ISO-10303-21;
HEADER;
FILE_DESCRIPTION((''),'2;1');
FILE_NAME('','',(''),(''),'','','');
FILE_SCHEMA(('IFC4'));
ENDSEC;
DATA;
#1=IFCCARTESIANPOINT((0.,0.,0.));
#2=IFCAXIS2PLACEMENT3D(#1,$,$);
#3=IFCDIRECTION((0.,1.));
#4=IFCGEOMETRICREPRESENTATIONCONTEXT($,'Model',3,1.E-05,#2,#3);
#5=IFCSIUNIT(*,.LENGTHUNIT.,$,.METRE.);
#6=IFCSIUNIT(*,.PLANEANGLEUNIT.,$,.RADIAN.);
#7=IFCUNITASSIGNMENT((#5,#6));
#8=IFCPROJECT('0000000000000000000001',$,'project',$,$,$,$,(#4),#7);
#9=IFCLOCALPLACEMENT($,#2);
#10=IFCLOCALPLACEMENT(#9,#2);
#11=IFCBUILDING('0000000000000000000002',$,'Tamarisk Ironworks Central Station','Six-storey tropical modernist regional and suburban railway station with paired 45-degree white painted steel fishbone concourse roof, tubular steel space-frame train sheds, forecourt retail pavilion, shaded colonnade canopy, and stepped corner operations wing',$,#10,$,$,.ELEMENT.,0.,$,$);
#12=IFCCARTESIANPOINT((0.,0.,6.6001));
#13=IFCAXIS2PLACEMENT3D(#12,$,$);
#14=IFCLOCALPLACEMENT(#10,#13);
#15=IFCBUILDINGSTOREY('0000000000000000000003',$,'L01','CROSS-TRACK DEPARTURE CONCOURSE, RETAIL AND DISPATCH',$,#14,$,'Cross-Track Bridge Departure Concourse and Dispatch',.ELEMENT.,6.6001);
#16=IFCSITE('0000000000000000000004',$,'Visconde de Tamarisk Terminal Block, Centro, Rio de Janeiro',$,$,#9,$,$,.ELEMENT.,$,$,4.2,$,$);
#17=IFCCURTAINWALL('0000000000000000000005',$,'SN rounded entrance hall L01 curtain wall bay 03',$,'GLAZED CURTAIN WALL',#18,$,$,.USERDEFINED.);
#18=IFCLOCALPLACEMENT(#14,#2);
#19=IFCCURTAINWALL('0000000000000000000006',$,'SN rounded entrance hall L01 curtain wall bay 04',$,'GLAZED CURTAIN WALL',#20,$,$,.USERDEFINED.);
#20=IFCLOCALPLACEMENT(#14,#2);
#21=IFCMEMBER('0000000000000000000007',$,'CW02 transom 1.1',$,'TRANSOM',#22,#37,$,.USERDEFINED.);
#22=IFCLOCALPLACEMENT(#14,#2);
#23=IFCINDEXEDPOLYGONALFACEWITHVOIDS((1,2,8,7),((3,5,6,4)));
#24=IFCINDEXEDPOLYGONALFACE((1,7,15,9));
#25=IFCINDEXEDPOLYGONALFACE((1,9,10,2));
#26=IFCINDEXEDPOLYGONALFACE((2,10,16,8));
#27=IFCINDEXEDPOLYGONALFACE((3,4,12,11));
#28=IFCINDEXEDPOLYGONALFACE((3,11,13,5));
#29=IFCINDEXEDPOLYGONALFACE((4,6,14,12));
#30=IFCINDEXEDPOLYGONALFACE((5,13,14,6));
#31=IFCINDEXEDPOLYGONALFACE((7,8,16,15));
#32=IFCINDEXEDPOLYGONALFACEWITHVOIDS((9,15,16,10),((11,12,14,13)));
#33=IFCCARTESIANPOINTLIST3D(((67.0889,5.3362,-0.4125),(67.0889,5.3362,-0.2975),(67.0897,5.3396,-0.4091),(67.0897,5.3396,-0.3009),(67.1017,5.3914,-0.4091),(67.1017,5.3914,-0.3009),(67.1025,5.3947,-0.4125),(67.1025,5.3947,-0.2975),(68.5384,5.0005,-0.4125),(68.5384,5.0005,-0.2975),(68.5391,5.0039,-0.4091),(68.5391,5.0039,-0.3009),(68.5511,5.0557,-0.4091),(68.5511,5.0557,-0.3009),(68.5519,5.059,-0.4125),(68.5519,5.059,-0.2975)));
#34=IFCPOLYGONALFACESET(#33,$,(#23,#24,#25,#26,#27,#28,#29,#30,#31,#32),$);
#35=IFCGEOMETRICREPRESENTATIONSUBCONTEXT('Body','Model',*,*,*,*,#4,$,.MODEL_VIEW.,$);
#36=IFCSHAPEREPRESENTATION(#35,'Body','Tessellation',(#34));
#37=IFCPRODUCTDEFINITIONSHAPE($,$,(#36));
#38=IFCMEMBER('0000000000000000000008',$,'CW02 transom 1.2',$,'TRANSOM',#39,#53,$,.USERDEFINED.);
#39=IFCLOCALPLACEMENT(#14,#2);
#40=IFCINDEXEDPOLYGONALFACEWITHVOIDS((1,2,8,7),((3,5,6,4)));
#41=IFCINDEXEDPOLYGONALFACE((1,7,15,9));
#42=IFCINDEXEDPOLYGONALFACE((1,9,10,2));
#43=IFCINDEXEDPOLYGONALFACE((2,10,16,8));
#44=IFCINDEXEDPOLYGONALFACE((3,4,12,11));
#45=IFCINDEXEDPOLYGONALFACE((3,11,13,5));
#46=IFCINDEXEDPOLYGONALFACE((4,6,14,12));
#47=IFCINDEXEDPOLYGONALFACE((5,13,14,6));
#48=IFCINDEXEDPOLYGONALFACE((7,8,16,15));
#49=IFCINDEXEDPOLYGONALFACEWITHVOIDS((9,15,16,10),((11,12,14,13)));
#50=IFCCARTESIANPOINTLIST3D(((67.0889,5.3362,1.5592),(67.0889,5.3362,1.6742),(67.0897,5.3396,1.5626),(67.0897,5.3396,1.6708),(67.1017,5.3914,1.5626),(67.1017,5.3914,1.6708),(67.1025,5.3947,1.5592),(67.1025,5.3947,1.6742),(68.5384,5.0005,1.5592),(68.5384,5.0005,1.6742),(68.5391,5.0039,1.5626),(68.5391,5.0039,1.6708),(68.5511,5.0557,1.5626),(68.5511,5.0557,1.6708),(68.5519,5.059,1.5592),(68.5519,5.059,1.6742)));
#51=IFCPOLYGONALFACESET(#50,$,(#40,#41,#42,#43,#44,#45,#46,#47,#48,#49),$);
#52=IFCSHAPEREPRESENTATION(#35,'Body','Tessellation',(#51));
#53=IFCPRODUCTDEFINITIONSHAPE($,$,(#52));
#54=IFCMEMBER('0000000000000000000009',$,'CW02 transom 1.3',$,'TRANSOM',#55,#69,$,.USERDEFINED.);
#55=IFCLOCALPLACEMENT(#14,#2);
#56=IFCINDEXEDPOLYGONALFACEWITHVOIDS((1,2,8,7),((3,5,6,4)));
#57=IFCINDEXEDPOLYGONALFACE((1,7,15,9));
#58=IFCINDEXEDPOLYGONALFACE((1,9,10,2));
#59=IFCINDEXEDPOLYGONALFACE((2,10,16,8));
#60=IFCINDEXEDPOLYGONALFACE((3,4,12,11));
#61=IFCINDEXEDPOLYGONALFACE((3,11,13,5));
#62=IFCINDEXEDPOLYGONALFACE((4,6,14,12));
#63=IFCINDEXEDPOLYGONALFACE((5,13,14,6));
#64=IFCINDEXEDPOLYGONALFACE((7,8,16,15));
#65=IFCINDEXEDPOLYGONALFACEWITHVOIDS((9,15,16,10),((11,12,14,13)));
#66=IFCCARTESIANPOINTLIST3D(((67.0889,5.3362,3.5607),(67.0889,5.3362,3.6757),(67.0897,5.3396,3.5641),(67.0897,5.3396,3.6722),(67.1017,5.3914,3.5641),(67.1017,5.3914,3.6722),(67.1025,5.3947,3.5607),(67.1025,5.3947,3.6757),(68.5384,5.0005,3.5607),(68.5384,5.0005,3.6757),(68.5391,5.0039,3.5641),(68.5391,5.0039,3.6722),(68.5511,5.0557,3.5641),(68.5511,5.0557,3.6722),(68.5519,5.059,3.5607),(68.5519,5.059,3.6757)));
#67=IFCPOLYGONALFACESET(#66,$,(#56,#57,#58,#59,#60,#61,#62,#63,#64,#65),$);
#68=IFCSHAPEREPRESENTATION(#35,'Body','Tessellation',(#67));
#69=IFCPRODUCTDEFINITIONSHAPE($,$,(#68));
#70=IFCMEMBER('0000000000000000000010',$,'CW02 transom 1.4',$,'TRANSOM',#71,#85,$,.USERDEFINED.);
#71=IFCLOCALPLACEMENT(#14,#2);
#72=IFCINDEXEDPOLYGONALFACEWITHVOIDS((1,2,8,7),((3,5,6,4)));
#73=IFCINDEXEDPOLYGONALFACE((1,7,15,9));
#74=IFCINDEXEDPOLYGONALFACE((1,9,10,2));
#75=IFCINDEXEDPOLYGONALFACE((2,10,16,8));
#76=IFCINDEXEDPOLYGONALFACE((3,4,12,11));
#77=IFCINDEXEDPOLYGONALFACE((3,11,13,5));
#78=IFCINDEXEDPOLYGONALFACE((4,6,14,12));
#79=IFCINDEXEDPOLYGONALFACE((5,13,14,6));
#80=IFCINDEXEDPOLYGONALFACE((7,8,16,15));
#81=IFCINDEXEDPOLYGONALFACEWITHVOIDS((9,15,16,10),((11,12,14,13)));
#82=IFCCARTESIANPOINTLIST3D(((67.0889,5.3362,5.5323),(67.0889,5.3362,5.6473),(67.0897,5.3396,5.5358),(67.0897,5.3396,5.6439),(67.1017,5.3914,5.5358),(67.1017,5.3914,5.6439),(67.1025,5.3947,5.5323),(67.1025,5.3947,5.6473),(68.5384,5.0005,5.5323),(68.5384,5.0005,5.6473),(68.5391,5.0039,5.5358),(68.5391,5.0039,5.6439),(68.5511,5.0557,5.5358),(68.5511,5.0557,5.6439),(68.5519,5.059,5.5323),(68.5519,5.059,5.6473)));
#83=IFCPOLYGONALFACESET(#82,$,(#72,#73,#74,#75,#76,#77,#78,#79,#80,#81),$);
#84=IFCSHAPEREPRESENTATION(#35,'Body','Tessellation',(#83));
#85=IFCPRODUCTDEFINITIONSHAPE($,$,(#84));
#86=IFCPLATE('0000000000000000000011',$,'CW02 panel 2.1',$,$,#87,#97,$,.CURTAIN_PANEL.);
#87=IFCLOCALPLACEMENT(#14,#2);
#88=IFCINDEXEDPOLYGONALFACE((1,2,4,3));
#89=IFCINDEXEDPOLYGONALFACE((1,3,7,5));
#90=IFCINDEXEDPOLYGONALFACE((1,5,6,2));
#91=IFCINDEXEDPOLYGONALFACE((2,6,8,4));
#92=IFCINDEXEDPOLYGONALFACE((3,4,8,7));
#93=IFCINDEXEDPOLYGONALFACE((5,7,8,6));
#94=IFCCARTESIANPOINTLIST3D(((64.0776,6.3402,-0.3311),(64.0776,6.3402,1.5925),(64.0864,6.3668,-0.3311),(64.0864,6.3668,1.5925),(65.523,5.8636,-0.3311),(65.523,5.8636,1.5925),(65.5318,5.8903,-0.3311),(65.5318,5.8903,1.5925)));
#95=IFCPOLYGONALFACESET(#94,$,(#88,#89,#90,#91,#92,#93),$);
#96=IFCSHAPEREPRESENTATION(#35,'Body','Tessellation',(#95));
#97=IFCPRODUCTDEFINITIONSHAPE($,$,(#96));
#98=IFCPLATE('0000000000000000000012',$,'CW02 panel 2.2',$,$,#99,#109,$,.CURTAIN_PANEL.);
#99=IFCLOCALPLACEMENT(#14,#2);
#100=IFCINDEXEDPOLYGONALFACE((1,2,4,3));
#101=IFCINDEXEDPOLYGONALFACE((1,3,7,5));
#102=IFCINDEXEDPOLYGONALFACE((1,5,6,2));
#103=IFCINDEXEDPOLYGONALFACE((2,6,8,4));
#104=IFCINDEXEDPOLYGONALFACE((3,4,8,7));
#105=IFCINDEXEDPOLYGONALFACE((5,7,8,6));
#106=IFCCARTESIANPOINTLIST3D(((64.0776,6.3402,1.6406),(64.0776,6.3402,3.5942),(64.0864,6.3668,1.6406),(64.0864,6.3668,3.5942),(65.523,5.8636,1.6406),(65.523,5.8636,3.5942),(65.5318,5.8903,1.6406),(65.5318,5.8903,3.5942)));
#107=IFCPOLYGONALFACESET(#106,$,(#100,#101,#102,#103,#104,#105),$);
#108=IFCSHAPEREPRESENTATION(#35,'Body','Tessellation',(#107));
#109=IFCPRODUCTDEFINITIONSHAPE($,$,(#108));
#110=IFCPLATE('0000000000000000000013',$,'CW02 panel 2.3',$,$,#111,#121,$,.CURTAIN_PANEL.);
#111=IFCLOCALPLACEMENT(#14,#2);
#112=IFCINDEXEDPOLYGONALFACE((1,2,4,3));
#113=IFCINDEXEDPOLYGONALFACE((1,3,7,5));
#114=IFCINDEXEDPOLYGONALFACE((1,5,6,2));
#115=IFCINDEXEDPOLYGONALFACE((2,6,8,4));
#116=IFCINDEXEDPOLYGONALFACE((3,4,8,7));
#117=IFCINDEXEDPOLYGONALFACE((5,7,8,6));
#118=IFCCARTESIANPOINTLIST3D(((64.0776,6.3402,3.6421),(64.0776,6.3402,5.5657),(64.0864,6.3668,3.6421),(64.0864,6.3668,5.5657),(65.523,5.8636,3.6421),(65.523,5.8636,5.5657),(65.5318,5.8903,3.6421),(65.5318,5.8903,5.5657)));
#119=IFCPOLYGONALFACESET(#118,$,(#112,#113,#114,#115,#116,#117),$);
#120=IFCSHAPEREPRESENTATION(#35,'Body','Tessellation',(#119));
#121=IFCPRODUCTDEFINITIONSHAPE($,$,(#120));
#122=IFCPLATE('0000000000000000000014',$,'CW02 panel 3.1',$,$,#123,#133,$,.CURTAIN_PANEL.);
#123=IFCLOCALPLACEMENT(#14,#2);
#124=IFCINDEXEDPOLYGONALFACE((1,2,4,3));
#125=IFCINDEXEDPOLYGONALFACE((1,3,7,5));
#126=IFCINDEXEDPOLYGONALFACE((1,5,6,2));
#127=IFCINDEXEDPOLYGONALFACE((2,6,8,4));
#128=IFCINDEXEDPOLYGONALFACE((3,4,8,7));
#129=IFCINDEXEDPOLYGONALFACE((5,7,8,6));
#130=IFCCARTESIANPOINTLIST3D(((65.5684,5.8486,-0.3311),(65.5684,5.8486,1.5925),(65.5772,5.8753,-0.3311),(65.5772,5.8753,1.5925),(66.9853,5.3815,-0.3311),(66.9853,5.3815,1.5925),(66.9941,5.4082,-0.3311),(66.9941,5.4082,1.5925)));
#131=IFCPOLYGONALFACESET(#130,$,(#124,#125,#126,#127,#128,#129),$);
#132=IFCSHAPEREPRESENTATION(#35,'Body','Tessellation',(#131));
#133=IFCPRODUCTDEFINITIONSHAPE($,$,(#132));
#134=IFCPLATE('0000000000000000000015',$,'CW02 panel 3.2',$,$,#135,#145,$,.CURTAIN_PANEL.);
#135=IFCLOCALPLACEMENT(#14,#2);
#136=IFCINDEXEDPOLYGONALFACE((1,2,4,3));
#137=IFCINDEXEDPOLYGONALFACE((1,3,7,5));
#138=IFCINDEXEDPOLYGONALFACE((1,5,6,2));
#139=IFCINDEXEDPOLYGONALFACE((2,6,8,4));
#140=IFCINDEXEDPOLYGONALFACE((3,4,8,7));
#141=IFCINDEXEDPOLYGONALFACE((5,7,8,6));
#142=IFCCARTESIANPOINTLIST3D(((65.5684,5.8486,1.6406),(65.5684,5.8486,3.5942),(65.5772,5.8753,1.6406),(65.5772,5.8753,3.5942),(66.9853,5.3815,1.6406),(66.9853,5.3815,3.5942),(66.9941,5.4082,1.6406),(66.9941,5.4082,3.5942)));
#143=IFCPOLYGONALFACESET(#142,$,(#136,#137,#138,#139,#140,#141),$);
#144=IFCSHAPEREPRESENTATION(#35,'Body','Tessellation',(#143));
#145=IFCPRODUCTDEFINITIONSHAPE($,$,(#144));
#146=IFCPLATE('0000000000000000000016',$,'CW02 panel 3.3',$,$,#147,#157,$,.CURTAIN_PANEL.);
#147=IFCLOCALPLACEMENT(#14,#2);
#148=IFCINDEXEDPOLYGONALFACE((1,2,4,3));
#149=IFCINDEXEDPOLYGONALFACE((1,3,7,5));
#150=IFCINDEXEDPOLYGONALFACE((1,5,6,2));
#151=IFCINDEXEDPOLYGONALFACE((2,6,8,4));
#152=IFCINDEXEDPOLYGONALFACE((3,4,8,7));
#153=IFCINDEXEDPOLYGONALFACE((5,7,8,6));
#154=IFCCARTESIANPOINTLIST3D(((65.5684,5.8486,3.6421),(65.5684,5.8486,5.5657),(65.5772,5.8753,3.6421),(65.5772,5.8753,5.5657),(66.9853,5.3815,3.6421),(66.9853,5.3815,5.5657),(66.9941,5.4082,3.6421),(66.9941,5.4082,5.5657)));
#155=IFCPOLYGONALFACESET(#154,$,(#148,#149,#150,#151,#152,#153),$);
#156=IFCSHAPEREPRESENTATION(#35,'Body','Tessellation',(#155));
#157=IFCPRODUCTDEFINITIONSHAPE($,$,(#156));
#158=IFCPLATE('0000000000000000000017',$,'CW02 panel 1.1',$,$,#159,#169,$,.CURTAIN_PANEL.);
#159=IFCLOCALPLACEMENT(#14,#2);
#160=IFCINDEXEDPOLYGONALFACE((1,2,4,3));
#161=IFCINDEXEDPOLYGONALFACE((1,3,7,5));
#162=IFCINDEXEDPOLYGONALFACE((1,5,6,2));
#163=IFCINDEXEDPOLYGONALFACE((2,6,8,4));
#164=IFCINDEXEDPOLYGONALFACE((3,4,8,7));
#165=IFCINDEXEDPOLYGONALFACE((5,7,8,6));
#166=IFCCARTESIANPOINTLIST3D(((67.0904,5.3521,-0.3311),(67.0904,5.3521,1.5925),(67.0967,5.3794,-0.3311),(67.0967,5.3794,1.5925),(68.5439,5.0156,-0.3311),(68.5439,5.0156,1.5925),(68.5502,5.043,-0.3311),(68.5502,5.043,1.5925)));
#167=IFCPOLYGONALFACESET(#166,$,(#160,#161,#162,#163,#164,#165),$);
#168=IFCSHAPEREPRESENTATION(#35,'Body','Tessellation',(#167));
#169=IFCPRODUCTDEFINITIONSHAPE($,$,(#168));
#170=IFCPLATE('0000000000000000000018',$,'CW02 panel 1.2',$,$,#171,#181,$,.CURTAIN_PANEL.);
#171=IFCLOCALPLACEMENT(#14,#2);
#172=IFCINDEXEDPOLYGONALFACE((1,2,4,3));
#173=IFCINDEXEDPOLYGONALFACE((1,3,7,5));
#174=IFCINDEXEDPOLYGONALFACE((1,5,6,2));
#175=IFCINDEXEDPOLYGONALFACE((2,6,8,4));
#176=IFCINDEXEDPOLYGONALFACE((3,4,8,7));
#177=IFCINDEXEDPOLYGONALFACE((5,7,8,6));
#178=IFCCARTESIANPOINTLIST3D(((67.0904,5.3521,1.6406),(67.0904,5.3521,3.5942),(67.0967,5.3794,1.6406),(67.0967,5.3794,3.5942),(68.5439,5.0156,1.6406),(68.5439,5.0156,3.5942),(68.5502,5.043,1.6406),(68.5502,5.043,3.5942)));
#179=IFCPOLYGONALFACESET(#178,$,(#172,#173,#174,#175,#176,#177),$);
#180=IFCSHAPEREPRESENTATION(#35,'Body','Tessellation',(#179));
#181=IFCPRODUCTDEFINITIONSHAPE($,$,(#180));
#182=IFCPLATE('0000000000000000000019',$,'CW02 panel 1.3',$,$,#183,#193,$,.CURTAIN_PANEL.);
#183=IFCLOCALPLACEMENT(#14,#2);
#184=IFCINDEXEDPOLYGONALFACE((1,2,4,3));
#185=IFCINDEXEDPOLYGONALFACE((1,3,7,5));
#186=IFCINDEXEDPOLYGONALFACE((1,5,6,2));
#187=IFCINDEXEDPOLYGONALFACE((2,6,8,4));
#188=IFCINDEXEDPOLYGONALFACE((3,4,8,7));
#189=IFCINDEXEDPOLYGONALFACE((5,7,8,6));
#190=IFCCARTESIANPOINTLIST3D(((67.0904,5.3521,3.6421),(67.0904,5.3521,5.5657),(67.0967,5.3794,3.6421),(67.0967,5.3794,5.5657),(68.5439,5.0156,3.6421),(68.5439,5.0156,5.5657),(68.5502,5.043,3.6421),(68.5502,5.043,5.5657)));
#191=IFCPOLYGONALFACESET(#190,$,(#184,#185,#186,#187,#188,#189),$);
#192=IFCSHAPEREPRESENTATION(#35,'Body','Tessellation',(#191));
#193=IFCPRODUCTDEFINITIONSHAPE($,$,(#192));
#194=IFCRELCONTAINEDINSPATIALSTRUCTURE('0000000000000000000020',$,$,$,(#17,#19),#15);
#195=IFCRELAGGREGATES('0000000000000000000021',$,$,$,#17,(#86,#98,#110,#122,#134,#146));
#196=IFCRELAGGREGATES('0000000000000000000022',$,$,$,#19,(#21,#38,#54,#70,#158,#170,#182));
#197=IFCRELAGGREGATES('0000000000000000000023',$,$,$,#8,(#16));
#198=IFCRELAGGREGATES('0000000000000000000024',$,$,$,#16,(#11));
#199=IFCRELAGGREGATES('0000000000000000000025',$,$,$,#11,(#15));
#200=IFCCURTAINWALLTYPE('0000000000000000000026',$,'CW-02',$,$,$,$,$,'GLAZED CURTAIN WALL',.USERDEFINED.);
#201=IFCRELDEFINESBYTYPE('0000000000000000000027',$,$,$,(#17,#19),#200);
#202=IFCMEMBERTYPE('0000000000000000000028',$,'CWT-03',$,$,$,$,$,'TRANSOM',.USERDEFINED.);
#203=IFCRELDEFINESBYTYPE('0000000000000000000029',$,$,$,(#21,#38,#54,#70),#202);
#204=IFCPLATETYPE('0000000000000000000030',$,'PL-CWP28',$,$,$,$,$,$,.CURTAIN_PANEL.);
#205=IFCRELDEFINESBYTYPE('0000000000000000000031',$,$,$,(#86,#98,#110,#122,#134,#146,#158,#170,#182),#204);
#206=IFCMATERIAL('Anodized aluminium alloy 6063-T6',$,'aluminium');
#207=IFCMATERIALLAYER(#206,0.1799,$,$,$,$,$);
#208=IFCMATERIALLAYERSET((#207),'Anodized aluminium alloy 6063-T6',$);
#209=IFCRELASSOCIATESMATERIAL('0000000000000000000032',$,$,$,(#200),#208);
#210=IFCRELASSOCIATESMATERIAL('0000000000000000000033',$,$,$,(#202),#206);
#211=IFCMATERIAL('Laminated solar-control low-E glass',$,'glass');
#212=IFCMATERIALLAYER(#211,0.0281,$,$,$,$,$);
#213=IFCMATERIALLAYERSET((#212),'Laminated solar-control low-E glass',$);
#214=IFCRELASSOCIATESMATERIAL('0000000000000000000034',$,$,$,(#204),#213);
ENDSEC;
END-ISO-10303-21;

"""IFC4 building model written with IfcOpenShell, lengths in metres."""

from ifc_helpers import new_model, si_unit, direction, frame, origin, origin_2d, place, context, subcontext, project, spatial, rectangle, hollow_rectangle, extrude, material, layer, layer_set, material_profile, profile_set, type_object, element, aggregate, save


model = new_model("IFC4")

# Units and contexts
model_context = context("Model", 3, precision=1e-05, world=origin(), true_north=direction((0.0, 1.0)))
body_context = subcontext(model_context, "Body", "Model", "MODEL_VIEW")
ifc_project = project(units=[si_unit("LENGTHUNIT", "METRE"), si_unit("PLANEANGLEUNIT", "RADIAN")], contexts=[model_context])

# Site, building, storey
site_placement = place(None, origin())
site = spatial("IfcSite", under=ifc_project, at=site_placement, Name="Visconde de Tamarisk Terminal Block, Centro, Rio de Janeiro", CompositionType="ELEMENT", RefElevation=4.2)
building_placement = place(site_placement, origin())
building = spatial("IfcBuilding", under=site, at=building_placement, Name="Tamarisk Ironworks Central Station", Description="Six-storey tropical modernist regional and suburban railway station with paired 45-degree white painted steel fishbone concourse roof, tubular steel space-frame train sheds, forecourt retail pavilion, shaded colonnade canopy, and stepped corner operations wing", CompositionType="ELEMENT", ElevationOfRefHeight=0.0)
storey_placement = place(building_placement, frame((0.0, 0.0, 6.6001)))
storey = spatial("IfcBuildingStorey", under=building, at=storey_placement, Name="L01", Description="CROSS-TRACK DEPARTURE CONCOURSE, RETAIL AND DISPATCH", LongName="Cross-Track Bridge Departure Concourse and Dispatch", CompositionType="ELEMENT", Elevation=6.6001)

# Curtain wall
ifc_material_1 = material(Name="Anodized aluminium alloy 6063-T6", Category="aluminium")
ifc_layer_1 = layer(ifc_material_1, 0.1799)
ifc_layer_set_1 = layer_set([ifc_layer_1], Name="Anodized aluminium alloy 6063-T6")
curtain_wall_type = type_object("IfcCurtainWallType", Name="CW-02", ElementType="GLAZED CURTAIN WALL", PredefinedType="USERDEFINED", material=ifc_layer_set_1)
curtain_wall_1_placement = place(storey_placement, origin())
curtain_wall_1 = element("IfcCurtainWall", 1, at=curtain_wall_1_placement, inside=storey, type_object=curtain_wall_type, Name="SN rounded entrance hall L01 curtain wall bay 03", ObjectType="GLAZED CURTAIN WALL", PredefinedType="USERDEFINED")

# Curtain wall
curtain_wall_2_placement = place(storey_placement, origin())
curtain_wall_2 = element("IfcCurtainWall", 2, at=curtain_wall_2_placement, inside=storey, type_object=curtain_wall_type, Name="SN rounded entrance hall L01 curtain wall bay 04", ObjectType="GLAZED CURTAIN WALL", PredefinedType="USERDEFINED")

# Members
ifc_material_profile_1 = material_profile(ifc_material_1, hollow_rectangle(XDim=0.0601, YDim=0.115, WallThickness=0.0034, at=origin_2d()), Name="ALUM 115x60")
ifc_profile_set_1 = profile_set([ifc_material_profile_1], Name="Anodized aluminium alloy 6063-T6")
member_type_1 = type_object("IfcMemberType", Name="CWT-03", ElementType="TRANSOM", PredefinedType="USERDEFINED", material=ifc_profile_set_1)
member_1_placement = place(storey_placement, frame((67.0957, 5.3655, -0.355), z_axis=(0.974214, -0.225626, 0.0), x_axis=(0.225626, 0.974214, 0.0)))
member_1 = element("IfcMember", 3, at=member_1_placement, type_object=member_type_1, Name="CW02 transom 1.1", ObjectType="TRANSOM", PredefinedType="USERDEFINED", context=body_context, shape_type="SweptSolid", body=[
    extrude(hollow_rectangle(XDim=0.0601, YDim=0.115, WallThickness=0.0034, at=origin_2d()), origin(), (0.0, 0.0, 1.0), 1.4878),
])
member_2_placement = place(storey_placement, frame((67.0957, 5.3655, 1.6167), z_axis=(0.974214, -0.225626, 0.0), x_axis=(0.225626, 0.974214, 0.0)))
member_2 = element("IfcMember", 4, at=member_2_placement, type_object=member_type_1, Name="CW02 transom 1.2", ObjectType="TRANSOM", PredefinedType="USERDEFINED", context=body_context, shape_type="SweptSolid", body=[
    extrude(hollow_rectangle(XDim=0.0601, YDim=0.115, WallThickness=0.0034, at=origin_2d()), origin(), (0.0, 0.0, 1.0), 1.4878),
])
member_3_placement = place(storey_placement, frame((67.0957, 5.3655, 3.6182), z_axis=(0.974214, -0.225626, 0.0), x_axis=(0.225626, 0.974214, 0.0)))
member_3 = element("IfcMember", 5, at=member_3_placement, type_object=member_type_1, Name="CW02 transom 1.3", ObjectType="TRANSOM", PredefinedType="USERDEFINED", context=body_context, shape_type="SweptSolid", body=[
    extrude(hollow_rectangle(XDim=0.0601, YDim=0.115, WallThickness=0.0034, at=origin_2d()), origin(), (0.0, 0.0, 1.0), 1.4878),
])
member_4_placement = place(storey_placement, frame((67.0957, 5.3655, 5.5898), z_axis=(0.974214, -0.225626, 0.0), x_axis=(0.225626, 0.974214, 0.0)))
member_4 = element("IfcMember", 6, at=member_4_placement, type_object=member_type_1, Name="CW02 transom 1.4", ObjectType="TRANSOM", PredefinedType="USERDEFINED", context=body_context, shape_type="SweptSolid", body=[
    extrude(hollow_rectangle(XDim=0.0601, YDim=0.115, WallThickness=0.0034, at=origin_2d()), origin(), (0.0, 0.0, 1.0), 1.4878),
])

# Plates
ifc_material_2 = material(Name="Laminated solar-control low-E glass", Category="glass")
ifc_layer_2 = layer(ifc_material_2, 0.0281)
ifc_layer_set_2 = layer_set([ifc_layer_2], Name="Laminated solar-control low-E glass")
plate_type = type_object("IfcPlateType", Name="PL-CWP28", PredefinedType="CURTAIN_PANEL", material=ifc_layer_set_2)
plate_1_placement = place(storey_placement, frame((64.8047, 6.1152, -0.3311), z_axis=(0.0, 0.0, 1.0), x_axis=(0.949721, -0.313098, 0.0)))
plate_1 = element("IfcPlate", 7, at=plate_1_placement, type_object=plate_type, Name="CW02 panel 2.1", PredefinedType="CURTAIN_PANEL", context=body_context, shape_type="SweptSolid", body=[
    extrude(rectangle(XDim=1.522, YDim=0.0281, at=origin_2d()), origin(), (0.0, 0.0, 1.0), 1.9236),
])
plate_2_placement = place(storey_placement, frame((64.8047, 6.1152, 1.6406), z_axis=(0.0, 0.0, 1.0), x_axis=(0.949721, -0.313098, 0.0)))
plate_2 = element("IfcPlate", 8, at=plate_2_placement, type_object=plate_type, Name="CW02 panel 2.2", PredefinedType="CURTAIN_PANEL", context=body_context, shape_type="SweptSolid", body=[
    extrude(rectangle(XDim=1.522, YDim=0.0281, at=origin_2d()), origin(), (0.0, 0.0, 1.0), 1.9536),
])
plate_3_placement = place(storey_placement, frame((64.8047, 6.1152, 3.6421), z_axis=(0.0, 0.0, 1.0), x_axis=(0.949721, -0.313098, 0.0)))
plate_3 = element("IfcPlate", 9, at=plate_3_placement, type_object=plate_type, Name="CW02 panel 2.3", PredefinedType="CURTAIN_PANEL", context=body_context, shape_type="SweptSolid", body=[
    extrude(rectangle(XDim=1.522, YDim=0.0281, at=origin_2d()), origin(), (0.0, 0.0, 1.0), 1.9236),
])
plate_4_placement = place(storey_placement, frame((66.2812, 5.6284, -0.3311), z_axis=(0.0, 0.0, 1.0), x_axis=(0.949721, -0.313098, 0.0)))
plate_4 = element("IfcPlate", 10, at=plate_4_placement, type_object=plate_type, Name="CW02 panel 3.1", PredefinedType="CURTAIN_PANEL", context=body_context, shape_type="SweptSolid", body=[
    extrude(rectangle(XDim=1.4919, YDim=0.0281, at=origin_2d()), origin(), (0.0, 0.0, 1.0), 1.9236),
])
plate_5_placement = place(storey_placement, frame((66.2812, 5.6284, 1.6406), z_axis=(0.0, 0.0, 1.0), x_axis=(0.949721, -0.313098, 0.0)))
plate_5 = element("IfcPlate", 11, at=plate_5_placement, type_object=plate_type, Name="CW02 panel 3.2", PredefinedType="CURTAIN_PANEL", context=body_context, shape_type="SweptSolid", body=[
    extrude(rectangle(XDim=1.4919, YDim=0.0281, at=origin_2d()), origin(), (0.0, 0.0, 1.0), 1.9536),
])
plate_6_placement = place(storey_placement, frame((66.2812, 5.6284, 3.6421), z_axis=(0.0, 0.0, 1.0), x_axis=(0.949721, -0.313098, 0.0)))
plate_6 = element("IfcPlate", 12, at=plate_6_placement, type_object=plate_type, Name="CW02 panel 3.3", PredefinedType="CURTAIN_PANEL", context=body_context, shape_type="SweptSolid", body=[
    extrude(rectangle(XDim=1.4919, YDim=0.0281, at=origin_2d()), origin(), (0.0, 0.0, 1.0), 1.9236),
])
aggregate(curtain_wall_1, [plate_1, plate_2, plate_3, plate_4, plate_5, plate_6])
plate_7_placement = place(storey_placement, frame((67.8203, 5.1975, -0.3311), z_axis=(0.0, 0.0, 1.0), x_axis=(0.974239, -0.225517, 0.0)))
plate_7 = element("IfcPlate", 13, at=plate_7_placement, type_object=plate_type, Name="CW02 panel 1.1", PredefinedType="CURTAIN_PANEL", context=body_context, shape_type="SweptSolid", body=[
    extrude(rectangle(XDim=1.4919, YDim=0.0281, at=origin_2d()), origin(), (0.0, 0.0, 1.0), 1.9236),
])
plate_8_placement = place(storey_placement, frame((67.8203, 5.1975, 1.6406), z_axis=(0.0, 0.0, 1.0), x_axis=(0.974239, -0.225517, 0.0)))
plate_8 = element("IfcPlate", 14, at=plate_8_placement, type_object=plate_type, Name="CW02 panel 1.2", PredefinedType="CURTAIN_PANEL", context=body_context, shape_type="SweptSolid", body=[
    extrude(rectangle(XDim=1.4919, YDim=0.0281, at=origin_2d()), origin(), (0.0, 0.0, 1.0), 1.9536),
])
plate_9_placement = place(storey_placement, frame((67.8203, 5.1975, 3.6421), z_axis=(0.0, 0.0, 1.0), x_axis=(0.974239, -0.225517, 0.0)))
plate_9 = element("IfcPlate", 15, at=plate_9_placement, type_object=plate_type, Name="CW02 panel 1.3", PredefinedType="CURTAIN_PANEL", context=body_context, shape_type="SweptSolid", body=[
    extrude(rectangle(XDim=1.4919, YDim=0.0281, at=origin_2d()), origin(), (0.0, 0.0, 1.0), 1.9236),
])
aggregate(curtain_wall_2, [member_1, member_2, member_3, member_4, plate_7, plate_8, plate_9])

save(model, "model.ifc")
